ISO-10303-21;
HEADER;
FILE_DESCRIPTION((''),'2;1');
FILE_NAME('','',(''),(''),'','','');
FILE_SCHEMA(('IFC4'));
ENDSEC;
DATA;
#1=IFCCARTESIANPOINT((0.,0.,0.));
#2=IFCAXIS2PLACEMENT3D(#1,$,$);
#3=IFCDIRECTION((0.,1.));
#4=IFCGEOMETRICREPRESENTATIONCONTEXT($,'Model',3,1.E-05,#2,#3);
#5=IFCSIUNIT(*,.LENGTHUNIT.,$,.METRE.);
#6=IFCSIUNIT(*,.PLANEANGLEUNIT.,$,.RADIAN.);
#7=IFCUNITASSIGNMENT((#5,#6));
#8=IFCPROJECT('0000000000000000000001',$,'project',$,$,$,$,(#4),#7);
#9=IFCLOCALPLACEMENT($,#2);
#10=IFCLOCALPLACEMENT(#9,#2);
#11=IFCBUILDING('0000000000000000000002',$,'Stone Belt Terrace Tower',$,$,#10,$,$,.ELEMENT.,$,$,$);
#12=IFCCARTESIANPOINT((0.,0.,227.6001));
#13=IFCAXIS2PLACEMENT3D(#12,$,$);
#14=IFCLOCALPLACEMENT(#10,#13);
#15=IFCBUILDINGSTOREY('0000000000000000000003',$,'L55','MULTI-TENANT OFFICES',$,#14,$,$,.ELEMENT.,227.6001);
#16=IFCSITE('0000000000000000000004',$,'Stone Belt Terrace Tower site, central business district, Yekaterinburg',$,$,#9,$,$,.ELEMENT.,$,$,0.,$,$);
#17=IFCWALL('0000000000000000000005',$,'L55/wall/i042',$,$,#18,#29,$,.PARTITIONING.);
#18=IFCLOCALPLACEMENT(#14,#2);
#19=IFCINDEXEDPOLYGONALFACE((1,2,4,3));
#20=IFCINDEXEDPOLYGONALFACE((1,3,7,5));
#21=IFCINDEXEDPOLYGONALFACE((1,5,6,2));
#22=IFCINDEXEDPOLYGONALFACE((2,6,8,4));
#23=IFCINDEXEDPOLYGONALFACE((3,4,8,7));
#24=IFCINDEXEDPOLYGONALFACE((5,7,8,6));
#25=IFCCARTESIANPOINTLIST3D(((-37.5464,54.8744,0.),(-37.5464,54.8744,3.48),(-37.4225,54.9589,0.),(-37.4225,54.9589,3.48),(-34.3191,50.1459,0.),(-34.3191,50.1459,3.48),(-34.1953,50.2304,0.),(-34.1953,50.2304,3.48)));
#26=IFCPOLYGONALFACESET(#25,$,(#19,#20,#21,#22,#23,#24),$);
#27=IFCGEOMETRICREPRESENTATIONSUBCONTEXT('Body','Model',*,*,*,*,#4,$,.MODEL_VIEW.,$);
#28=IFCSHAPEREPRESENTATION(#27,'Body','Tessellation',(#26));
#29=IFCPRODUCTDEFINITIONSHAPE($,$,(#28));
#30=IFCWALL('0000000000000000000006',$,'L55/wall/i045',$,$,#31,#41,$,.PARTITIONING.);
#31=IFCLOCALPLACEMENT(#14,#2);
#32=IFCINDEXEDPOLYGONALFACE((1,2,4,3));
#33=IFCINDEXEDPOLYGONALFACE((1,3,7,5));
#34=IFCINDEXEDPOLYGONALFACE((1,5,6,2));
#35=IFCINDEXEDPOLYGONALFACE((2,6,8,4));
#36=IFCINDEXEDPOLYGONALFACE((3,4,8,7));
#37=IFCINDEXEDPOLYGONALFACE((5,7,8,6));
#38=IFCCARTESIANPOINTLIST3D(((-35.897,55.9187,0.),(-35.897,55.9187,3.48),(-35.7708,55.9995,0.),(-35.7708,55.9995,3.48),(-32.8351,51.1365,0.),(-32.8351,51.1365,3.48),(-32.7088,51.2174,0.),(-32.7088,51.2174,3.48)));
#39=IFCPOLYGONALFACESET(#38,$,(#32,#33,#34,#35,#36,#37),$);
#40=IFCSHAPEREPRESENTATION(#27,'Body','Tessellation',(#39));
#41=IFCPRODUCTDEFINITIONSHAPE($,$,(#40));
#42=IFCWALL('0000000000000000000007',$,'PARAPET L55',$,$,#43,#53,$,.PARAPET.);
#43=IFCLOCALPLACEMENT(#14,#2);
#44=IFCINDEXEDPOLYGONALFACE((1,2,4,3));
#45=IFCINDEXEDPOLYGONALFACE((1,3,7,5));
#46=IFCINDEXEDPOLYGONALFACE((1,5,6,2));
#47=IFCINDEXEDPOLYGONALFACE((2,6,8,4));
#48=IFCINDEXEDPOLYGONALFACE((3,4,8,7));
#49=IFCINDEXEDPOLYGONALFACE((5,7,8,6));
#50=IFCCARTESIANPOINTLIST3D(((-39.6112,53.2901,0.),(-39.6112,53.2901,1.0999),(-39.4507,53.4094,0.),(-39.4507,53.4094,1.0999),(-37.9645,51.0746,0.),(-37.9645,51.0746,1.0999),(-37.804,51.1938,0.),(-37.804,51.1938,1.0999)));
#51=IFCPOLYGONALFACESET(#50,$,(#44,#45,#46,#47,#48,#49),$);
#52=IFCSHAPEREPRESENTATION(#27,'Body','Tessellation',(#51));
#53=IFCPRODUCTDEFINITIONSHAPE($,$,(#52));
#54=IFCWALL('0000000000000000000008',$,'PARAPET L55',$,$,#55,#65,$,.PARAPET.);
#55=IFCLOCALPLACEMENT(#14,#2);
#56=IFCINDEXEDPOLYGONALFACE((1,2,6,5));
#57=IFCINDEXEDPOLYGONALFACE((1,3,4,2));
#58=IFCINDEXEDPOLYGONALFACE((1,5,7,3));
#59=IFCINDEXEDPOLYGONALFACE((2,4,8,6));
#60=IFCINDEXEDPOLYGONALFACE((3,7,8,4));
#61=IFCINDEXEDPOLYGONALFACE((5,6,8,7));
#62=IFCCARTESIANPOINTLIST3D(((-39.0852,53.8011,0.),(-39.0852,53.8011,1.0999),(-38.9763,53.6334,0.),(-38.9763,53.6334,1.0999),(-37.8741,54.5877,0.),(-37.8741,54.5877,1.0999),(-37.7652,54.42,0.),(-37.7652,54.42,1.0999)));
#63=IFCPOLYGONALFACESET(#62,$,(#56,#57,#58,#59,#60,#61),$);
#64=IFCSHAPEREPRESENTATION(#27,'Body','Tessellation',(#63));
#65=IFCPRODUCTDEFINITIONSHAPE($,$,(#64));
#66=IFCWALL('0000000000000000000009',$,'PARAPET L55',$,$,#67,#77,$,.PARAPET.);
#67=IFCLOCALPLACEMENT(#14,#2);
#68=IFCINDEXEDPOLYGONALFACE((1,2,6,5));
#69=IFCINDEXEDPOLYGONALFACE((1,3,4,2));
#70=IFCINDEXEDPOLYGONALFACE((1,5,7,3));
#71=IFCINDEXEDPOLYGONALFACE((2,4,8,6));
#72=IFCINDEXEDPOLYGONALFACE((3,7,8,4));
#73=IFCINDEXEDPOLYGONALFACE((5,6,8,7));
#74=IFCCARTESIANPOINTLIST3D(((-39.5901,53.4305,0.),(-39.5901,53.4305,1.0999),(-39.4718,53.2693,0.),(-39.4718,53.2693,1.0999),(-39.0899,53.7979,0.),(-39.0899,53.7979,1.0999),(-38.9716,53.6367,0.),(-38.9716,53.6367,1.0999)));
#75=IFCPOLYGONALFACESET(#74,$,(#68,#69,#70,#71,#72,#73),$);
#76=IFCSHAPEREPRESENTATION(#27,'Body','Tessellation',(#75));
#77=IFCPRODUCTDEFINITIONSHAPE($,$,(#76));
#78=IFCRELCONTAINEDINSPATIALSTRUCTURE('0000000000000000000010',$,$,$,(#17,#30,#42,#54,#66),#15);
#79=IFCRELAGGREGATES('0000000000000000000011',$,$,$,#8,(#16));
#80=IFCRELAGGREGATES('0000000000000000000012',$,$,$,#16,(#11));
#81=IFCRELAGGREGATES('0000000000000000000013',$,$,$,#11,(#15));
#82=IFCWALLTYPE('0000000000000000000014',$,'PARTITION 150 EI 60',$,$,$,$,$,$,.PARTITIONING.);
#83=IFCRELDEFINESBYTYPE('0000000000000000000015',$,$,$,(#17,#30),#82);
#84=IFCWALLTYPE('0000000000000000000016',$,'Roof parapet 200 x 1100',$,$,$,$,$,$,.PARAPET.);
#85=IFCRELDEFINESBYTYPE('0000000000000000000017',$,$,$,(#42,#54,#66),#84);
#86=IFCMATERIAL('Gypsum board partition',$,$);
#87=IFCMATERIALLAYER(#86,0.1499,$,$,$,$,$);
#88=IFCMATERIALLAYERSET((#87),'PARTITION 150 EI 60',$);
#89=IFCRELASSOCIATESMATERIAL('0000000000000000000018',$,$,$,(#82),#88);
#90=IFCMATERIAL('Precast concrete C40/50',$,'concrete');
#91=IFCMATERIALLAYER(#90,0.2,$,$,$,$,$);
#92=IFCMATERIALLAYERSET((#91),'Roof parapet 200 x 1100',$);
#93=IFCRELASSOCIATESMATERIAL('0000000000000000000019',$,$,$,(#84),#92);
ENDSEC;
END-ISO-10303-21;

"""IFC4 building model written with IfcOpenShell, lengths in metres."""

from ifc_helpers import new_model, si_unit, direction, frame, frame_2d, origin, place, context, subcontext, project, spatial, rectangle, extrude, material, layer, layer_set, type_object, element, save


model = new_model("IFC4")

# Units and contexts
model_context = context("Model", 3, precision=1e-05, world=origin(), true_north=direction((0.0, 1.0)))
body_context = subcontext(model_context, "Body", "Model", "MODEL_VIEW")
ifc_project = project(units=[si_unit("LENGTHUNIT", "METRE"), si_unit("PLANEANGLEUNIT", "RADIAN")], contexts=[model_context])

# Site, building, storey
site_placement = place(None, origin())
site = spatial("IfcSite", under=ifc_project, at=site_placement, Name="Stone Belt Terrace Tower site, central business district, Yekaterinburg", CompositionType="ELEMENT", RefElevation=0.0)
building_placement = place(site_placement, origin())
building = spatial("IfcBuilding", under=site, at=building_placement, Name="Stone Belt Terrace Tower", CompositionType="ELEMENT")
storey_placement = place(building_placement, frame((0.0, 0.0, 227.6001)))
storey = spatial("IfcBuildingStorey", under=building, at=storey_placement, Name="L55", Description="MULTI-TENANT OFFICES", CompositionType="ELEMENT", Elevation=227.6001)

# Walls
ifc_material_1 = material(Name="Gypsum board partition")
ifc_layer_1 = layer(ifc_material_1, 0.1499)
ifc_layer_set_1 = layer_set([ifc_layer_1], Name="PARTITION 150 EI 60")
wall_type_1 = type_object("IfcWallType", Name="PARTITION 150 EI 60", PredefinedType="PARTITIONING", material=ifc_layer_set_1)
wall_1_placement = place(storey_placement, frame((-37.4844, 54.9165, 0.0), z_axis=(0.0, 0.0, 1.0), x_axis=(0.563731, -0.825958, 0.0)))
element("IfcWall", 1, at=wall_1_placement, inside=storey, type_object=wall_type_1, Name="L55/wall/i042", PredefinedType="PARTITIONING", context=body_context, shape_type="SweptSolid", body=[
    extrude(rectangle(XDim=5.7249, YDim=0.1499, at=frame_2d((2.8623, 0.0))), origin(), (0.0, 0.0, 1.0), 3.48),
])
wall_2_placement = place(storey_placement, frame((-35.834, 55.9592, 0.0), z_axis=(0.0, 0.0, 1.0), x_axis=(0.539227, -0.842161, 0.0)))
element("IfcWall", 2, at=wall_2_placement, inside=storey, type_object=wall_type_1, Name="L55/wall/i045", PredefinedType="PARTITIONING", context=body_context, shape_type="SweptSolid", body=[
    extrude(rectangle(XDim=5.6785, YDim=0.1499, at=frame_2d((2.8394, 0.0))), origin(), (0.0, 0.0, 1.0), 3.48),
])
ifc_material_2 = material(Name="Precast concrete C40/50", Category="concrete")
ifc_layer_2 = layer(ifc_material_2, 0.2)
ifc_layer_set_2 = layer_set([ifc_layer_2], Name="Roof parapet 200 x 1100")
wall_type_2 = type_object("IfcWallType", Name="Roof parapet 200 x 1100", PredefinedType="PARAPET", material=ifc_layer_set_2)
wall_3_placement = place(storey_placement, frame((-39.531, 53.3499, 0.0), z_axis=(0.0, 0.0, 1.0), x_axis=(0.596528, -0.802593, 0.0)))
element("IfcWall", 3, at=wall_3_placement, inside=storey, type_object=wall_type_2, Name="PARAPET L55", PredefinedType="PARAPET", context=body_context, shape_type="SweptSolid", body=[
    extrude(rectangle(XDim=2.7605, YDim=0.2, at=frame_2d((1.3804, 0.0))), origin(), (0.0, 0.0, 1.0), 1.0999),
])
wall_4_placement = place(storey_placement, frame((-37.8196, 54.5039, 0.0), z_axis=(0.0, 0.0, 1.0), x_axis=(-0.838648, -0.544673, 0.0)))
element("IfcWall", 4, at=wall_4_placement, inside=storey, type_object=wall_type_2, Name="PARAPET L55", PredefinedType="PARAPET", context=body_context, shape_type="SweptSolid", body=[
    extrude(rectangle(XDim=1.4441, YDim=0.2, at=frame_2d((0.7222, 0.0))), origin(), (0.0, 0.0, 1.0), 1.0999),
])
wall_5_placement = place(storey_placement, frame((-39.0308, 53.7173, 0.0), z_axis=(0.0, 0.0, 1.0), x_axis=(-0.805955, -0.591977, 0.0)))
element("IfcWall", 5, at=wall_5_placement, inside=storey, type_object=wall_type_2, Name="PARAPET L55", PredefinedType="PARAPET", context=body_context, shape_type="SweptSolid", body=[
    extrude(rectangle(XDim=0.6206, YDim=0.2, at=frame_2d((0.3103, 0.0))), origin(), (0.0, 0.0, 1.0), 1.0999),
])

save(model, "model.ifc")
